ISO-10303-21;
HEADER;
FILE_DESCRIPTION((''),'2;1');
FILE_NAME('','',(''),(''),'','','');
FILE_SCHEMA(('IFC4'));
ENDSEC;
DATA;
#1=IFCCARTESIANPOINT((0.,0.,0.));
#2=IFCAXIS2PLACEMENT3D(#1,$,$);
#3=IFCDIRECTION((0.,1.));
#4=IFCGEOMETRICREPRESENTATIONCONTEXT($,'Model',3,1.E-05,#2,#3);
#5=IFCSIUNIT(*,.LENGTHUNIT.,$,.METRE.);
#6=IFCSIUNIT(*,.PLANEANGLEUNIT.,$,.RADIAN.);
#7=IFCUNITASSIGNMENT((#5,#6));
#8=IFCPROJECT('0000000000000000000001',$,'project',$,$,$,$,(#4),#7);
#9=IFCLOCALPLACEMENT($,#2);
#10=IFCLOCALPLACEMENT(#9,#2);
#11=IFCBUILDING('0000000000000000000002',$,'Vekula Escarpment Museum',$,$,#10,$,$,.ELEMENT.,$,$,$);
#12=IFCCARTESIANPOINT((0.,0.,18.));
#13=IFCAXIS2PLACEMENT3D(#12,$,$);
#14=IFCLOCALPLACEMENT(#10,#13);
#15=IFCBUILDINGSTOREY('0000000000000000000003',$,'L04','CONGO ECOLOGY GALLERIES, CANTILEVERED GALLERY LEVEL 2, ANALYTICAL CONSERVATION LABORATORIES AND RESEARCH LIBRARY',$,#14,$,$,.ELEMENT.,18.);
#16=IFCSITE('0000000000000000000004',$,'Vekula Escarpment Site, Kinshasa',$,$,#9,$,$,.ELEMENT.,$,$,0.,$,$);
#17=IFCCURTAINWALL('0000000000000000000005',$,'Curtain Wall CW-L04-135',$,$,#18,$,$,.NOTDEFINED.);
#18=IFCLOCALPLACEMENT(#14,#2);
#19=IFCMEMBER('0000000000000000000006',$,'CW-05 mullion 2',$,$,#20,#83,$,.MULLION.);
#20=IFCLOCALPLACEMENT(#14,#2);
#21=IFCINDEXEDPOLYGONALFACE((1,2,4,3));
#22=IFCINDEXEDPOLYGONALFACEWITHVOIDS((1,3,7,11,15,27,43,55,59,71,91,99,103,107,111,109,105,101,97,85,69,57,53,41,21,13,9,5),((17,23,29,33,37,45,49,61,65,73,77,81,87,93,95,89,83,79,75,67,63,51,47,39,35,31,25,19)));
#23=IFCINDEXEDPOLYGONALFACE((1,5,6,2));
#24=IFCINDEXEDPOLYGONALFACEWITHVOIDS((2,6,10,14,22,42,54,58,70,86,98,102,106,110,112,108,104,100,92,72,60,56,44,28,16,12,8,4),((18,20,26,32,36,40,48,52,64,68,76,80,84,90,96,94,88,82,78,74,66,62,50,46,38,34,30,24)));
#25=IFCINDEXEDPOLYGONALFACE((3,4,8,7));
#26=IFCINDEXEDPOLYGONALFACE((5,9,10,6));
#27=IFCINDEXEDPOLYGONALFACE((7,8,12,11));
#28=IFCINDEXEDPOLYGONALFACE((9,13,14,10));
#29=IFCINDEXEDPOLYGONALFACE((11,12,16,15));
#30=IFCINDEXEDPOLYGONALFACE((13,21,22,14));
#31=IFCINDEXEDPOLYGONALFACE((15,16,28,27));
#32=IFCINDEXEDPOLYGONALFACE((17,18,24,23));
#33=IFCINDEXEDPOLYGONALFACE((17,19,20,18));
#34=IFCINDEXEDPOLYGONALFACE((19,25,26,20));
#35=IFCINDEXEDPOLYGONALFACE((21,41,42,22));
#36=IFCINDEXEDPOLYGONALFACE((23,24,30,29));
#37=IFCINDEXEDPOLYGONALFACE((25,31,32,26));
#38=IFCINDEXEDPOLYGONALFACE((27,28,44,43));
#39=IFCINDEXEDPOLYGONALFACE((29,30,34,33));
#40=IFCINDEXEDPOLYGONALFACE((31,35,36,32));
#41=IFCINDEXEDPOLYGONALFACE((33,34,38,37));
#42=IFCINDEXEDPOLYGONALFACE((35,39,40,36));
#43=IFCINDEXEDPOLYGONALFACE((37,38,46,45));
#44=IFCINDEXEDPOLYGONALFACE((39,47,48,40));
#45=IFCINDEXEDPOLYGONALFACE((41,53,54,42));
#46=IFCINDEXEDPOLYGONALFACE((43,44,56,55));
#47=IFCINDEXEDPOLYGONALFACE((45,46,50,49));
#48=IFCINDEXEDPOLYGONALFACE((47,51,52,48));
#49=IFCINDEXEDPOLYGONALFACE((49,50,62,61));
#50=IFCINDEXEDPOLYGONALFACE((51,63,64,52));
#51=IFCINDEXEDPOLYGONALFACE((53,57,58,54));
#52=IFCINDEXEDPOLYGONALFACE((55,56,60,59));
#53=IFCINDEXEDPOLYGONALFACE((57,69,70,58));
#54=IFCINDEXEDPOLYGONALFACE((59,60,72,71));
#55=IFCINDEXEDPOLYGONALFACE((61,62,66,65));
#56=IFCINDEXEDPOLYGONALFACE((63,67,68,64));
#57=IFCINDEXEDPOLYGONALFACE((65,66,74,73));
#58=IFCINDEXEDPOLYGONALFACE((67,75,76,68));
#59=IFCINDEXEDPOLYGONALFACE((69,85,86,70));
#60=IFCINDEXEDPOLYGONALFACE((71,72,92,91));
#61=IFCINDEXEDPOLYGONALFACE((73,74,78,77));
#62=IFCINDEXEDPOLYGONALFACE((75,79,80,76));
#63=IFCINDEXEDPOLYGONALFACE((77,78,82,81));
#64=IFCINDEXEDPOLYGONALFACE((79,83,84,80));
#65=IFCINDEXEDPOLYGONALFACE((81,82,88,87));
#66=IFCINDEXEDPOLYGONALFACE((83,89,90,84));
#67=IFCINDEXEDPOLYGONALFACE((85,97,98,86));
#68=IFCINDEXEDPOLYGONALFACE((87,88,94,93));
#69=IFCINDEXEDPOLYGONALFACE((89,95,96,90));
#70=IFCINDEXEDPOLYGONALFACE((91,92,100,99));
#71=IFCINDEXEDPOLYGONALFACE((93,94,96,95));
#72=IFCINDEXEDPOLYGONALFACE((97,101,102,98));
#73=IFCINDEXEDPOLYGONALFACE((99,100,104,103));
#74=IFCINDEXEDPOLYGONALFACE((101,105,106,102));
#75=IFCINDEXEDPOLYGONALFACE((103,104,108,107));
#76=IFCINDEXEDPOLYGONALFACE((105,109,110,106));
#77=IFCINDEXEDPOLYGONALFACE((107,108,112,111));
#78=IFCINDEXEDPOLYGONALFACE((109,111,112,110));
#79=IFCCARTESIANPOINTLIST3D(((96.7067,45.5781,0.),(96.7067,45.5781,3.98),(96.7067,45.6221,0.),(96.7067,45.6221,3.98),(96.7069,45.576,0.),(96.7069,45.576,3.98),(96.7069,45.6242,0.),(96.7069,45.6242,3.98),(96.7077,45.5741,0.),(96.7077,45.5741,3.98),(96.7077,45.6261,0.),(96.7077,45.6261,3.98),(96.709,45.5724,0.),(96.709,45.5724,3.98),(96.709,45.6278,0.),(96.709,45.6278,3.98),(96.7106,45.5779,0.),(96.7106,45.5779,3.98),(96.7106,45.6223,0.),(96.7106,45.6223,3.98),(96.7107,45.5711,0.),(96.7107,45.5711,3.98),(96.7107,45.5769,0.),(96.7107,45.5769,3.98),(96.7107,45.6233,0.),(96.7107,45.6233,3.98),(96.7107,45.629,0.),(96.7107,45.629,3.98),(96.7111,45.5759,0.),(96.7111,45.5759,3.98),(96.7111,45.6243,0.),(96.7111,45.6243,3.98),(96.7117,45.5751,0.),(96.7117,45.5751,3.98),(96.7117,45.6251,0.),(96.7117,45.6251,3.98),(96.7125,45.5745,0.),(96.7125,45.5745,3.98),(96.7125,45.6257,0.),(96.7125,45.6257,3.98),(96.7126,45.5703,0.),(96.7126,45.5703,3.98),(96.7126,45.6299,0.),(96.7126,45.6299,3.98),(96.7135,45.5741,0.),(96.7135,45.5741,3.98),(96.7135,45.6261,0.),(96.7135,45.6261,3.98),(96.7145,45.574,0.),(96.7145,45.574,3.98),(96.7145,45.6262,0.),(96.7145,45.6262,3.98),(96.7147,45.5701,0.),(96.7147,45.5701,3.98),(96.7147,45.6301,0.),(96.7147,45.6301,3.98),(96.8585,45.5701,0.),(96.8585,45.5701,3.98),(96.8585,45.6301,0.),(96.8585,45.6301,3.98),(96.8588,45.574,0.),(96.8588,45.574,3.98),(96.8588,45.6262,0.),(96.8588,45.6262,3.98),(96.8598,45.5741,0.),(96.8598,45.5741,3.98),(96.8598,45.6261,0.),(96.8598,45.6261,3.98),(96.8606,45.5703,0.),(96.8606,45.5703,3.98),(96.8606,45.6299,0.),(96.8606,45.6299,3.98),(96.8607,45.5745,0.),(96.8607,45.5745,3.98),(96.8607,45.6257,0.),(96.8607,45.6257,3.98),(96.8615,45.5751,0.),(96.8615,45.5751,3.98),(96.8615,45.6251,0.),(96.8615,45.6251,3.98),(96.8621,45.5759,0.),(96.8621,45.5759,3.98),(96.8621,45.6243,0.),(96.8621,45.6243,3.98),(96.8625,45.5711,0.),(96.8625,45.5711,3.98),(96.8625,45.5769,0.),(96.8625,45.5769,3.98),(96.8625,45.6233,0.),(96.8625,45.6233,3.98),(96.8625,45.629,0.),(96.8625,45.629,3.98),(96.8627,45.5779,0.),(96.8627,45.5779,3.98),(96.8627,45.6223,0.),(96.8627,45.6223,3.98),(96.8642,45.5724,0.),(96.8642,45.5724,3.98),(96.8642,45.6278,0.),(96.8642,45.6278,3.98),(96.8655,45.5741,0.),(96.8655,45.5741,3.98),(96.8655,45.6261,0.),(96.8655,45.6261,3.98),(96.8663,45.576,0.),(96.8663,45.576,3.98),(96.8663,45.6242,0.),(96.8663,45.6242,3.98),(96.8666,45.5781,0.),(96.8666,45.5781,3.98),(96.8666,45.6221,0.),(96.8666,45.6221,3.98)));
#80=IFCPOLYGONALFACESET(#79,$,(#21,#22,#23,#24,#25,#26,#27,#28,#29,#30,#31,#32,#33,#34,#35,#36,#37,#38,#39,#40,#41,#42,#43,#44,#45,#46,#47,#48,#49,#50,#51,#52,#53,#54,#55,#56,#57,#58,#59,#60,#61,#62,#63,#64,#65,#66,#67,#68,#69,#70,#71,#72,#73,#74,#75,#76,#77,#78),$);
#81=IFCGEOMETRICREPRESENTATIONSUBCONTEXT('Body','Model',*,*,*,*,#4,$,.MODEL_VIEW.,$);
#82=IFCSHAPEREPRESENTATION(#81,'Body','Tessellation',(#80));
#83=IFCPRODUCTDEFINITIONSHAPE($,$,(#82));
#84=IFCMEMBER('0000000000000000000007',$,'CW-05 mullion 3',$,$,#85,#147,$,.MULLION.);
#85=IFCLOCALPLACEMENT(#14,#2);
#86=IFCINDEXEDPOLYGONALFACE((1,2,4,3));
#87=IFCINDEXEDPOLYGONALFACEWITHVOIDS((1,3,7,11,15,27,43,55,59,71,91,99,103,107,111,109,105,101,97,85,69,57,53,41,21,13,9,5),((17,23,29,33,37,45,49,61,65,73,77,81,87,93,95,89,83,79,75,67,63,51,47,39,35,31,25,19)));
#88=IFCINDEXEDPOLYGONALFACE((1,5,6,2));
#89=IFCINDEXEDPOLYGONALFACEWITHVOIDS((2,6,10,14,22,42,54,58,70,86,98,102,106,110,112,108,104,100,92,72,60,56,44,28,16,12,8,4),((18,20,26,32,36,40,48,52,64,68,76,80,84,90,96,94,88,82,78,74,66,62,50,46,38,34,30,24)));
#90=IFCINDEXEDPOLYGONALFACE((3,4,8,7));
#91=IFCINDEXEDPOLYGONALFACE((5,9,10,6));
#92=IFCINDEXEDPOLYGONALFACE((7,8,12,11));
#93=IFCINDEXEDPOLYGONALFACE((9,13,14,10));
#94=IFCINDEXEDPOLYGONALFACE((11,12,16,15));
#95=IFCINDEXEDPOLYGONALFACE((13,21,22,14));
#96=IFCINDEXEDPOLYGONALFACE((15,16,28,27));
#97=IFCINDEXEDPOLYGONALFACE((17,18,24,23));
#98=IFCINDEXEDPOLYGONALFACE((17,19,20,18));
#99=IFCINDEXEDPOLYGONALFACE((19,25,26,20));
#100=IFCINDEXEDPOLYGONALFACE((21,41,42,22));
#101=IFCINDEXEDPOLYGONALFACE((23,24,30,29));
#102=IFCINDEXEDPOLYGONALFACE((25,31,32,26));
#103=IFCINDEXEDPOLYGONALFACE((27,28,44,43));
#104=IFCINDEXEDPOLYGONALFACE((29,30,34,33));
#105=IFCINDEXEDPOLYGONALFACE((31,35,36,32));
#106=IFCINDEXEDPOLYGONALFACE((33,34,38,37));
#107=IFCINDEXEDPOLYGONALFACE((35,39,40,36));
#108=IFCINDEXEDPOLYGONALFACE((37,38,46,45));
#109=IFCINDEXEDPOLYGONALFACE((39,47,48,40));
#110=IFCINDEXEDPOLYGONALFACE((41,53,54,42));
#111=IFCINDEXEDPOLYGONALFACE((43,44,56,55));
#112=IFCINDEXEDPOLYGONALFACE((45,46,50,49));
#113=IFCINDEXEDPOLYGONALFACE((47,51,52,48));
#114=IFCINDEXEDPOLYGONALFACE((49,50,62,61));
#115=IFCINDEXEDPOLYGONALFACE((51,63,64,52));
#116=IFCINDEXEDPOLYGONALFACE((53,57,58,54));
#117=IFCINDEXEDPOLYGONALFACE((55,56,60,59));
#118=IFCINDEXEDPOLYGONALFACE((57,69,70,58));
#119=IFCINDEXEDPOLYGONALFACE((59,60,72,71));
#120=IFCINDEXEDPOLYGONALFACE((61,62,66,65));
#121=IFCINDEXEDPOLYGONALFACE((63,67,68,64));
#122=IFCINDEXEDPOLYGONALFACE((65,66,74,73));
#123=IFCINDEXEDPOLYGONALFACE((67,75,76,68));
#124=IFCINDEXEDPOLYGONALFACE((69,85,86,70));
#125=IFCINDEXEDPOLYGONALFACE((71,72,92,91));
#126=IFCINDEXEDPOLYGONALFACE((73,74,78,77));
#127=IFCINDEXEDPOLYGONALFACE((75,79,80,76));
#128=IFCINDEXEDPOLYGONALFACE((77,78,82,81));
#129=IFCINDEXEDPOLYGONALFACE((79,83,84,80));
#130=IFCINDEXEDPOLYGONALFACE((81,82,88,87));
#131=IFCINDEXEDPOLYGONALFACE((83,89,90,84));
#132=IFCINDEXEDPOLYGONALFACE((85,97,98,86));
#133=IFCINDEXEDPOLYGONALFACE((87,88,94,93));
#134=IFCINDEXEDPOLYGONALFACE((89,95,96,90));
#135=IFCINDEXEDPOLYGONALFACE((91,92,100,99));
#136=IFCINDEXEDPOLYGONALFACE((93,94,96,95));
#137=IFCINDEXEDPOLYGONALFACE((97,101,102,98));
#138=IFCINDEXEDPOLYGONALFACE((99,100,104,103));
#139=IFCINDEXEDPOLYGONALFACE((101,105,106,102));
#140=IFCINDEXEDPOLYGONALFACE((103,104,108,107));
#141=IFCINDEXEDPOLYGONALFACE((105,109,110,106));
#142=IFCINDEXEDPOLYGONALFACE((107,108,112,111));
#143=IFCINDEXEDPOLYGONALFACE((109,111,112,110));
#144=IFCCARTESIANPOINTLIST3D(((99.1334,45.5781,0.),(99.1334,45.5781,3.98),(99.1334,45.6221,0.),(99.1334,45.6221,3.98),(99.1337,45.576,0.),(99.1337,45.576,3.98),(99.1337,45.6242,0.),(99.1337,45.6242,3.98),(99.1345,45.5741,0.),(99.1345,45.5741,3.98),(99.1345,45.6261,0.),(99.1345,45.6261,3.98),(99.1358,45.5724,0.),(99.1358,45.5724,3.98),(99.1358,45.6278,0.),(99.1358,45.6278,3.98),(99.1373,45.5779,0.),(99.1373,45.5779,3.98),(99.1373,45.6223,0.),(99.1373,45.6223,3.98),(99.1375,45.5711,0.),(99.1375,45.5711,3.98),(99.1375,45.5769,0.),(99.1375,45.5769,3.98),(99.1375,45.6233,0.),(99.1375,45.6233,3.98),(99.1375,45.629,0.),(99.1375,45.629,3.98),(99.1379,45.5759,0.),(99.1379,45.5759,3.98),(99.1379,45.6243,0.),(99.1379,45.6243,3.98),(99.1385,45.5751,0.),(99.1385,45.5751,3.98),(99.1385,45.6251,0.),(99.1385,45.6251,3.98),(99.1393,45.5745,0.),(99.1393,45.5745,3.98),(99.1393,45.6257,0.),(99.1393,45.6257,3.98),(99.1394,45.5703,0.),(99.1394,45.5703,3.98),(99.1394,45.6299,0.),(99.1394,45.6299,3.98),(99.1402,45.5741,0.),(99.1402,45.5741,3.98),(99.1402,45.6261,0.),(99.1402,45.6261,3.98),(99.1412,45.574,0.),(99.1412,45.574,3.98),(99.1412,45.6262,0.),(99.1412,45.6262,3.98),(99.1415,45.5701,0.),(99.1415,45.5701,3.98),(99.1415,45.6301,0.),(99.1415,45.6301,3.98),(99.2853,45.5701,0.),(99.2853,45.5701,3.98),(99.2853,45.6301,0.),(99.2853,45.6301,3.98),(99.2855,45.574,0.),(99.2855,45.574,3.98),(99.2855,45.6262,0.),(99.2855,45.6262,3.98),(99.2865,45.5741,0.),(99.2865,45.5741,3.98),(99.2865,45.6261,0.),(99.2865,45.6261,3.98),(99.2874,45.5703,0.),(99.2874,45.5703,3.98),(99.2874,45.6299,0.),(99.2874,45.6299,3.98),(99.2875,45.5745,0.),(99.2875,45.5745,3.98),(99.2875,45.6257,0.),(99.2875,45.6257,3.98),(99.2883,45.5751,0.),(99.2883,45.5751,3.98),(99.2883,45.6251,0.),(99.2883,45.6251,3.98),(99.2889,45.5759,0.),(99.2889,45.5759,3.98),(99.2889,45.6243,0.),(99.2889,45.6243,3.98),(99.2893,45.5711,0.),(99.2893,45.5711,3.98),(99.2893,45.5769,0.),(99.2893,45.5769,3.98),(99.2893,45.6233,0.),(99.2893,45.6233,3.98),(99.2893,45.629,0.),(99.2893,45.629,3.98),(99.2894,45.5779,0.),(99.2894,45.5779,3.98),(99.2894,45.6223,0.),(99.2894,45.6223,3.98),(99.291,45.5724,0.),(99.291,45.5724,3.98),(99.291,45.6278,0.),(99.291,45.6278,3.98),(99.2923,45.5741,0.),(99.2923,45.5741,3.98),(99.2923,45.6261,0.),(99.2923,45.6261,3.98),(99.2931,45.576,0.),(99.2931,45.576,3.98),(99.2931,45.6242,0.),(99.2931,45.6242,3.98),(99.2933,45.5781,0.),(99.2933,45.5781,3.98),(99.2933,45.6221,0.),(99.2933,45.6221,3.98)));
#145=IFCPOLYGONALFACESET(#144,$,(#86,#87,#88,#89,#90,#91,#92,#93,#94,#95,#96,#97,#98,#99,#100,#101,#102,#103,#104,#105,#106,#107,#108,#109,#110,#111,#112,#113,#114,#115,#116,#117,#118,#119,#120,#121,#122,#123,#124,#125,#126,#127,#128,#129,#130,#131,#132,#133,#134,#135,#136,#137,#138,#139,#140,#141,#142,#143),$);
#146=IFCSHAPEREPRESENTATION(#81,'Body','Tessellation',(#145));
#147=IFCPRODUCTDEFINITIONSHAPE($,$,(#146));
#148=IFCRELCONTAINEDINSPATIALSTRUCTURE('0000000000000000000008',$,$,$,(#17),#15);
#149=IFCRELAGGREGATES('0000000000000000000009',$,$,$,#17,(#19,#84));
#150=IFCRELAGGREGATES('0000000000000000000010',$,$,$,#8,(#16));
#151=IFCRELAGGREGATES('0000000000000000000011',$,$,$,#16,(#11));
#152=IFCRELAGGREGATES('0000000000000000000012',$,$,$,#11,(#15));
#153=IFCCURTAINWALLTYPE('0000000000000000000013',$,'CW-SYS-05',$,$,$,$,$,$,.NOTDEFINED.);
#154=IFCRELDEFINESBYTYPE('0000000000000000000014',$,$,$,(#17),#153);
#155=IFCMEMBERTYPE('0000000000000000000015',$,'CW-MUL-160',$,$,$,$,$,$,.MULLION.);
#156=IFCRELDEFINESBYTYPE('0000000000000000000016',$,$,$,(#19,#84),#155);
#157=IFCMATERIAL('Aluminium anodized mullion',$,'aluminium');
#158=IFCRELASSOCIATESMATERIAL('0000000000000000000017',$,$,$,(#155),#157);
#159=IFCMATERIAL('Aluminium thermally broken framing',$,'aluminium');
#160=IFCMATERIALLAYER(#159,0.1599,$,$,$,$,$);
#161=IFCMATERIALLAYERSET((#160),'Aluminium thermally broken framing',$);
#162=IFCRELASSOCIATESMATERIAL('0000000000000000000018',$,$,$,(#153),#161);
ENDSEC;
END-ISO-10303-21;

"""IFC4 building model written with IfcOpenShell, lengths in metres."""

from ifc_helpers import new_model, si_unit, direction, frame, origin, origin_2d, place, context, subcontext, project, spatial, hollow_rectangle, extrude, material, layer, layer_set, material_profile, profile_set, type_object, element, aggregate, save


model = new_model("IFC4")

# Units and contexts
model_context = context("Model", 3, precision=1e-05, world=origin(), true_north=direction((0.0, 1.0)))
body_context = subcontext(model_context, "Body", "Model", "MODEL_VIEW")
ifc_project = project(units=[si_unit("LENGTHUNIT", "METRE"), si_unit("PLANEANGLEUNIT", "RADIAN")], contexts=[model_context])

# Site, building, storey
site_placement = place(None, origin())
site = spatial("IfcSite", under=ifc_project, at=site_placement, Name="Vekula Escarpment Site, Kinshasa", CompositionType="ELEMENT", RefElevation=0.0)
building_placement = place(site_placement, origin())
building = spatial("IfcBuilding", under=site, at=building_placement, Name="Vekula Escarpment Museum", CompositionType="ELEMENT")
storey_placement = place(building_placement, frame((0.0, 0.0, 18.0)))
storey = spatial("IfcBuildingStorey", under=building, at=storey_placement, Name="L04", Description="CONGO ECOLOGY GALLERIES, CANTILEVERED GALLERY LEVEL 2, ANALYTICAL CONSERVATION LABORATORIES AND RESEARCH LIBRARY", CompositionType="ELEMENT", Elevation=18.0)

# Shared definitions
ifc_material_1 = material(Name="Aluminium anodized mullion", Category="aluminium")
ifc_material_profile_1 = material_profile(ifc_material_1, hollow_rectangle(XDim=0.0601, YDim=0.1599, WallThickness=0.0039, InnerFilletRadius=0.0039, OuterFilletRadius=0.0081, at=origin_2d()), Name="ALU 160x60x4")
ifc_profile_set_1 = profile_set([ifc_material_profile_1], Name="Aluminium anodized mullion")
member_type_1 = type_object("IfcMemberType", Name="CW-MUL-160", PredefinedType="MULLION", material=ifc_profile_set_1)

# Curtain wall, members
ifc_material_2 = material(Name="Aluminium thermally broken framing", Category="aluminium")
ifc_layer_1 = layer(ifc_material_2, 0.1599)
ifc_layer_set_1 = layer_set([ifc_layer_1], Name="Aluminium thermally broken framing")
curtain_wall_type_1 = type_object("IfcCurtainWallType", Name="CW-SYS-05", PredefinedType="NOTDEFINED", material=ifc_layer_set_1)
curtain_wall_1_placement = place(storey_placement, origin())
curtain_wall_1 = element("IfcCurtainWall", 1, at=curtain_wall_1_placement, inside=storey, type_object=curtain_wall_type_1, Name="Curtain Wall CW-L04-135", PredefinedType="NOTDEFINED")
member_1_placement = place(storey_placement, frame((96.7866, 45.6001, 0.0), z_axis=(0.0, 0.0, 1.0), x_axis=(0.0, 1.0, 0.0)))
member_1 = element("IfcMember", 2, at=member_1_placement, type_object=member_type_1, Name="CW-05 mullion 2", PredefinedType="MULLION", context=body_context, shape_type="SweptSolid", body=[
    extrude(hollow_rectangle(XDim=0.0601, YDim=0.1599, WallThickness=0.0039, InnerFilletRadius=0.0039, OuterFilletRadius=0.0081, at=origin_2d()), origin(), (0.0, 0.0, 1.0), 3.98),
])
member_2_placement = place(storey_placement, frame((99.2134, 45.6001, 0.0), z_axis=(0.0, 0.0, 1.0), x_axis=(0.0, 1.0, 0.0)))
member_2 = element("IfcMember", 3, at=member_2_placement, type_object=member_type_1, Name="CW-05 mullion 3", PredefinedType="MULLION", context=body_context, shape_type="SweptSolid", body=[
    extrude(hollow_rectangle(XDim=0.0601, YDim=0.1599, WallThickness=0.0039, InnerFilletRadius=0.0039, OuterFilletRadius=0.0081, at=origin_2d()), origin(), (0.0, 0.0, 1.0), 3.98),
])

aggregate(curtain_wall_1, [member_1, member_2])

save(model, "model.ifc")
